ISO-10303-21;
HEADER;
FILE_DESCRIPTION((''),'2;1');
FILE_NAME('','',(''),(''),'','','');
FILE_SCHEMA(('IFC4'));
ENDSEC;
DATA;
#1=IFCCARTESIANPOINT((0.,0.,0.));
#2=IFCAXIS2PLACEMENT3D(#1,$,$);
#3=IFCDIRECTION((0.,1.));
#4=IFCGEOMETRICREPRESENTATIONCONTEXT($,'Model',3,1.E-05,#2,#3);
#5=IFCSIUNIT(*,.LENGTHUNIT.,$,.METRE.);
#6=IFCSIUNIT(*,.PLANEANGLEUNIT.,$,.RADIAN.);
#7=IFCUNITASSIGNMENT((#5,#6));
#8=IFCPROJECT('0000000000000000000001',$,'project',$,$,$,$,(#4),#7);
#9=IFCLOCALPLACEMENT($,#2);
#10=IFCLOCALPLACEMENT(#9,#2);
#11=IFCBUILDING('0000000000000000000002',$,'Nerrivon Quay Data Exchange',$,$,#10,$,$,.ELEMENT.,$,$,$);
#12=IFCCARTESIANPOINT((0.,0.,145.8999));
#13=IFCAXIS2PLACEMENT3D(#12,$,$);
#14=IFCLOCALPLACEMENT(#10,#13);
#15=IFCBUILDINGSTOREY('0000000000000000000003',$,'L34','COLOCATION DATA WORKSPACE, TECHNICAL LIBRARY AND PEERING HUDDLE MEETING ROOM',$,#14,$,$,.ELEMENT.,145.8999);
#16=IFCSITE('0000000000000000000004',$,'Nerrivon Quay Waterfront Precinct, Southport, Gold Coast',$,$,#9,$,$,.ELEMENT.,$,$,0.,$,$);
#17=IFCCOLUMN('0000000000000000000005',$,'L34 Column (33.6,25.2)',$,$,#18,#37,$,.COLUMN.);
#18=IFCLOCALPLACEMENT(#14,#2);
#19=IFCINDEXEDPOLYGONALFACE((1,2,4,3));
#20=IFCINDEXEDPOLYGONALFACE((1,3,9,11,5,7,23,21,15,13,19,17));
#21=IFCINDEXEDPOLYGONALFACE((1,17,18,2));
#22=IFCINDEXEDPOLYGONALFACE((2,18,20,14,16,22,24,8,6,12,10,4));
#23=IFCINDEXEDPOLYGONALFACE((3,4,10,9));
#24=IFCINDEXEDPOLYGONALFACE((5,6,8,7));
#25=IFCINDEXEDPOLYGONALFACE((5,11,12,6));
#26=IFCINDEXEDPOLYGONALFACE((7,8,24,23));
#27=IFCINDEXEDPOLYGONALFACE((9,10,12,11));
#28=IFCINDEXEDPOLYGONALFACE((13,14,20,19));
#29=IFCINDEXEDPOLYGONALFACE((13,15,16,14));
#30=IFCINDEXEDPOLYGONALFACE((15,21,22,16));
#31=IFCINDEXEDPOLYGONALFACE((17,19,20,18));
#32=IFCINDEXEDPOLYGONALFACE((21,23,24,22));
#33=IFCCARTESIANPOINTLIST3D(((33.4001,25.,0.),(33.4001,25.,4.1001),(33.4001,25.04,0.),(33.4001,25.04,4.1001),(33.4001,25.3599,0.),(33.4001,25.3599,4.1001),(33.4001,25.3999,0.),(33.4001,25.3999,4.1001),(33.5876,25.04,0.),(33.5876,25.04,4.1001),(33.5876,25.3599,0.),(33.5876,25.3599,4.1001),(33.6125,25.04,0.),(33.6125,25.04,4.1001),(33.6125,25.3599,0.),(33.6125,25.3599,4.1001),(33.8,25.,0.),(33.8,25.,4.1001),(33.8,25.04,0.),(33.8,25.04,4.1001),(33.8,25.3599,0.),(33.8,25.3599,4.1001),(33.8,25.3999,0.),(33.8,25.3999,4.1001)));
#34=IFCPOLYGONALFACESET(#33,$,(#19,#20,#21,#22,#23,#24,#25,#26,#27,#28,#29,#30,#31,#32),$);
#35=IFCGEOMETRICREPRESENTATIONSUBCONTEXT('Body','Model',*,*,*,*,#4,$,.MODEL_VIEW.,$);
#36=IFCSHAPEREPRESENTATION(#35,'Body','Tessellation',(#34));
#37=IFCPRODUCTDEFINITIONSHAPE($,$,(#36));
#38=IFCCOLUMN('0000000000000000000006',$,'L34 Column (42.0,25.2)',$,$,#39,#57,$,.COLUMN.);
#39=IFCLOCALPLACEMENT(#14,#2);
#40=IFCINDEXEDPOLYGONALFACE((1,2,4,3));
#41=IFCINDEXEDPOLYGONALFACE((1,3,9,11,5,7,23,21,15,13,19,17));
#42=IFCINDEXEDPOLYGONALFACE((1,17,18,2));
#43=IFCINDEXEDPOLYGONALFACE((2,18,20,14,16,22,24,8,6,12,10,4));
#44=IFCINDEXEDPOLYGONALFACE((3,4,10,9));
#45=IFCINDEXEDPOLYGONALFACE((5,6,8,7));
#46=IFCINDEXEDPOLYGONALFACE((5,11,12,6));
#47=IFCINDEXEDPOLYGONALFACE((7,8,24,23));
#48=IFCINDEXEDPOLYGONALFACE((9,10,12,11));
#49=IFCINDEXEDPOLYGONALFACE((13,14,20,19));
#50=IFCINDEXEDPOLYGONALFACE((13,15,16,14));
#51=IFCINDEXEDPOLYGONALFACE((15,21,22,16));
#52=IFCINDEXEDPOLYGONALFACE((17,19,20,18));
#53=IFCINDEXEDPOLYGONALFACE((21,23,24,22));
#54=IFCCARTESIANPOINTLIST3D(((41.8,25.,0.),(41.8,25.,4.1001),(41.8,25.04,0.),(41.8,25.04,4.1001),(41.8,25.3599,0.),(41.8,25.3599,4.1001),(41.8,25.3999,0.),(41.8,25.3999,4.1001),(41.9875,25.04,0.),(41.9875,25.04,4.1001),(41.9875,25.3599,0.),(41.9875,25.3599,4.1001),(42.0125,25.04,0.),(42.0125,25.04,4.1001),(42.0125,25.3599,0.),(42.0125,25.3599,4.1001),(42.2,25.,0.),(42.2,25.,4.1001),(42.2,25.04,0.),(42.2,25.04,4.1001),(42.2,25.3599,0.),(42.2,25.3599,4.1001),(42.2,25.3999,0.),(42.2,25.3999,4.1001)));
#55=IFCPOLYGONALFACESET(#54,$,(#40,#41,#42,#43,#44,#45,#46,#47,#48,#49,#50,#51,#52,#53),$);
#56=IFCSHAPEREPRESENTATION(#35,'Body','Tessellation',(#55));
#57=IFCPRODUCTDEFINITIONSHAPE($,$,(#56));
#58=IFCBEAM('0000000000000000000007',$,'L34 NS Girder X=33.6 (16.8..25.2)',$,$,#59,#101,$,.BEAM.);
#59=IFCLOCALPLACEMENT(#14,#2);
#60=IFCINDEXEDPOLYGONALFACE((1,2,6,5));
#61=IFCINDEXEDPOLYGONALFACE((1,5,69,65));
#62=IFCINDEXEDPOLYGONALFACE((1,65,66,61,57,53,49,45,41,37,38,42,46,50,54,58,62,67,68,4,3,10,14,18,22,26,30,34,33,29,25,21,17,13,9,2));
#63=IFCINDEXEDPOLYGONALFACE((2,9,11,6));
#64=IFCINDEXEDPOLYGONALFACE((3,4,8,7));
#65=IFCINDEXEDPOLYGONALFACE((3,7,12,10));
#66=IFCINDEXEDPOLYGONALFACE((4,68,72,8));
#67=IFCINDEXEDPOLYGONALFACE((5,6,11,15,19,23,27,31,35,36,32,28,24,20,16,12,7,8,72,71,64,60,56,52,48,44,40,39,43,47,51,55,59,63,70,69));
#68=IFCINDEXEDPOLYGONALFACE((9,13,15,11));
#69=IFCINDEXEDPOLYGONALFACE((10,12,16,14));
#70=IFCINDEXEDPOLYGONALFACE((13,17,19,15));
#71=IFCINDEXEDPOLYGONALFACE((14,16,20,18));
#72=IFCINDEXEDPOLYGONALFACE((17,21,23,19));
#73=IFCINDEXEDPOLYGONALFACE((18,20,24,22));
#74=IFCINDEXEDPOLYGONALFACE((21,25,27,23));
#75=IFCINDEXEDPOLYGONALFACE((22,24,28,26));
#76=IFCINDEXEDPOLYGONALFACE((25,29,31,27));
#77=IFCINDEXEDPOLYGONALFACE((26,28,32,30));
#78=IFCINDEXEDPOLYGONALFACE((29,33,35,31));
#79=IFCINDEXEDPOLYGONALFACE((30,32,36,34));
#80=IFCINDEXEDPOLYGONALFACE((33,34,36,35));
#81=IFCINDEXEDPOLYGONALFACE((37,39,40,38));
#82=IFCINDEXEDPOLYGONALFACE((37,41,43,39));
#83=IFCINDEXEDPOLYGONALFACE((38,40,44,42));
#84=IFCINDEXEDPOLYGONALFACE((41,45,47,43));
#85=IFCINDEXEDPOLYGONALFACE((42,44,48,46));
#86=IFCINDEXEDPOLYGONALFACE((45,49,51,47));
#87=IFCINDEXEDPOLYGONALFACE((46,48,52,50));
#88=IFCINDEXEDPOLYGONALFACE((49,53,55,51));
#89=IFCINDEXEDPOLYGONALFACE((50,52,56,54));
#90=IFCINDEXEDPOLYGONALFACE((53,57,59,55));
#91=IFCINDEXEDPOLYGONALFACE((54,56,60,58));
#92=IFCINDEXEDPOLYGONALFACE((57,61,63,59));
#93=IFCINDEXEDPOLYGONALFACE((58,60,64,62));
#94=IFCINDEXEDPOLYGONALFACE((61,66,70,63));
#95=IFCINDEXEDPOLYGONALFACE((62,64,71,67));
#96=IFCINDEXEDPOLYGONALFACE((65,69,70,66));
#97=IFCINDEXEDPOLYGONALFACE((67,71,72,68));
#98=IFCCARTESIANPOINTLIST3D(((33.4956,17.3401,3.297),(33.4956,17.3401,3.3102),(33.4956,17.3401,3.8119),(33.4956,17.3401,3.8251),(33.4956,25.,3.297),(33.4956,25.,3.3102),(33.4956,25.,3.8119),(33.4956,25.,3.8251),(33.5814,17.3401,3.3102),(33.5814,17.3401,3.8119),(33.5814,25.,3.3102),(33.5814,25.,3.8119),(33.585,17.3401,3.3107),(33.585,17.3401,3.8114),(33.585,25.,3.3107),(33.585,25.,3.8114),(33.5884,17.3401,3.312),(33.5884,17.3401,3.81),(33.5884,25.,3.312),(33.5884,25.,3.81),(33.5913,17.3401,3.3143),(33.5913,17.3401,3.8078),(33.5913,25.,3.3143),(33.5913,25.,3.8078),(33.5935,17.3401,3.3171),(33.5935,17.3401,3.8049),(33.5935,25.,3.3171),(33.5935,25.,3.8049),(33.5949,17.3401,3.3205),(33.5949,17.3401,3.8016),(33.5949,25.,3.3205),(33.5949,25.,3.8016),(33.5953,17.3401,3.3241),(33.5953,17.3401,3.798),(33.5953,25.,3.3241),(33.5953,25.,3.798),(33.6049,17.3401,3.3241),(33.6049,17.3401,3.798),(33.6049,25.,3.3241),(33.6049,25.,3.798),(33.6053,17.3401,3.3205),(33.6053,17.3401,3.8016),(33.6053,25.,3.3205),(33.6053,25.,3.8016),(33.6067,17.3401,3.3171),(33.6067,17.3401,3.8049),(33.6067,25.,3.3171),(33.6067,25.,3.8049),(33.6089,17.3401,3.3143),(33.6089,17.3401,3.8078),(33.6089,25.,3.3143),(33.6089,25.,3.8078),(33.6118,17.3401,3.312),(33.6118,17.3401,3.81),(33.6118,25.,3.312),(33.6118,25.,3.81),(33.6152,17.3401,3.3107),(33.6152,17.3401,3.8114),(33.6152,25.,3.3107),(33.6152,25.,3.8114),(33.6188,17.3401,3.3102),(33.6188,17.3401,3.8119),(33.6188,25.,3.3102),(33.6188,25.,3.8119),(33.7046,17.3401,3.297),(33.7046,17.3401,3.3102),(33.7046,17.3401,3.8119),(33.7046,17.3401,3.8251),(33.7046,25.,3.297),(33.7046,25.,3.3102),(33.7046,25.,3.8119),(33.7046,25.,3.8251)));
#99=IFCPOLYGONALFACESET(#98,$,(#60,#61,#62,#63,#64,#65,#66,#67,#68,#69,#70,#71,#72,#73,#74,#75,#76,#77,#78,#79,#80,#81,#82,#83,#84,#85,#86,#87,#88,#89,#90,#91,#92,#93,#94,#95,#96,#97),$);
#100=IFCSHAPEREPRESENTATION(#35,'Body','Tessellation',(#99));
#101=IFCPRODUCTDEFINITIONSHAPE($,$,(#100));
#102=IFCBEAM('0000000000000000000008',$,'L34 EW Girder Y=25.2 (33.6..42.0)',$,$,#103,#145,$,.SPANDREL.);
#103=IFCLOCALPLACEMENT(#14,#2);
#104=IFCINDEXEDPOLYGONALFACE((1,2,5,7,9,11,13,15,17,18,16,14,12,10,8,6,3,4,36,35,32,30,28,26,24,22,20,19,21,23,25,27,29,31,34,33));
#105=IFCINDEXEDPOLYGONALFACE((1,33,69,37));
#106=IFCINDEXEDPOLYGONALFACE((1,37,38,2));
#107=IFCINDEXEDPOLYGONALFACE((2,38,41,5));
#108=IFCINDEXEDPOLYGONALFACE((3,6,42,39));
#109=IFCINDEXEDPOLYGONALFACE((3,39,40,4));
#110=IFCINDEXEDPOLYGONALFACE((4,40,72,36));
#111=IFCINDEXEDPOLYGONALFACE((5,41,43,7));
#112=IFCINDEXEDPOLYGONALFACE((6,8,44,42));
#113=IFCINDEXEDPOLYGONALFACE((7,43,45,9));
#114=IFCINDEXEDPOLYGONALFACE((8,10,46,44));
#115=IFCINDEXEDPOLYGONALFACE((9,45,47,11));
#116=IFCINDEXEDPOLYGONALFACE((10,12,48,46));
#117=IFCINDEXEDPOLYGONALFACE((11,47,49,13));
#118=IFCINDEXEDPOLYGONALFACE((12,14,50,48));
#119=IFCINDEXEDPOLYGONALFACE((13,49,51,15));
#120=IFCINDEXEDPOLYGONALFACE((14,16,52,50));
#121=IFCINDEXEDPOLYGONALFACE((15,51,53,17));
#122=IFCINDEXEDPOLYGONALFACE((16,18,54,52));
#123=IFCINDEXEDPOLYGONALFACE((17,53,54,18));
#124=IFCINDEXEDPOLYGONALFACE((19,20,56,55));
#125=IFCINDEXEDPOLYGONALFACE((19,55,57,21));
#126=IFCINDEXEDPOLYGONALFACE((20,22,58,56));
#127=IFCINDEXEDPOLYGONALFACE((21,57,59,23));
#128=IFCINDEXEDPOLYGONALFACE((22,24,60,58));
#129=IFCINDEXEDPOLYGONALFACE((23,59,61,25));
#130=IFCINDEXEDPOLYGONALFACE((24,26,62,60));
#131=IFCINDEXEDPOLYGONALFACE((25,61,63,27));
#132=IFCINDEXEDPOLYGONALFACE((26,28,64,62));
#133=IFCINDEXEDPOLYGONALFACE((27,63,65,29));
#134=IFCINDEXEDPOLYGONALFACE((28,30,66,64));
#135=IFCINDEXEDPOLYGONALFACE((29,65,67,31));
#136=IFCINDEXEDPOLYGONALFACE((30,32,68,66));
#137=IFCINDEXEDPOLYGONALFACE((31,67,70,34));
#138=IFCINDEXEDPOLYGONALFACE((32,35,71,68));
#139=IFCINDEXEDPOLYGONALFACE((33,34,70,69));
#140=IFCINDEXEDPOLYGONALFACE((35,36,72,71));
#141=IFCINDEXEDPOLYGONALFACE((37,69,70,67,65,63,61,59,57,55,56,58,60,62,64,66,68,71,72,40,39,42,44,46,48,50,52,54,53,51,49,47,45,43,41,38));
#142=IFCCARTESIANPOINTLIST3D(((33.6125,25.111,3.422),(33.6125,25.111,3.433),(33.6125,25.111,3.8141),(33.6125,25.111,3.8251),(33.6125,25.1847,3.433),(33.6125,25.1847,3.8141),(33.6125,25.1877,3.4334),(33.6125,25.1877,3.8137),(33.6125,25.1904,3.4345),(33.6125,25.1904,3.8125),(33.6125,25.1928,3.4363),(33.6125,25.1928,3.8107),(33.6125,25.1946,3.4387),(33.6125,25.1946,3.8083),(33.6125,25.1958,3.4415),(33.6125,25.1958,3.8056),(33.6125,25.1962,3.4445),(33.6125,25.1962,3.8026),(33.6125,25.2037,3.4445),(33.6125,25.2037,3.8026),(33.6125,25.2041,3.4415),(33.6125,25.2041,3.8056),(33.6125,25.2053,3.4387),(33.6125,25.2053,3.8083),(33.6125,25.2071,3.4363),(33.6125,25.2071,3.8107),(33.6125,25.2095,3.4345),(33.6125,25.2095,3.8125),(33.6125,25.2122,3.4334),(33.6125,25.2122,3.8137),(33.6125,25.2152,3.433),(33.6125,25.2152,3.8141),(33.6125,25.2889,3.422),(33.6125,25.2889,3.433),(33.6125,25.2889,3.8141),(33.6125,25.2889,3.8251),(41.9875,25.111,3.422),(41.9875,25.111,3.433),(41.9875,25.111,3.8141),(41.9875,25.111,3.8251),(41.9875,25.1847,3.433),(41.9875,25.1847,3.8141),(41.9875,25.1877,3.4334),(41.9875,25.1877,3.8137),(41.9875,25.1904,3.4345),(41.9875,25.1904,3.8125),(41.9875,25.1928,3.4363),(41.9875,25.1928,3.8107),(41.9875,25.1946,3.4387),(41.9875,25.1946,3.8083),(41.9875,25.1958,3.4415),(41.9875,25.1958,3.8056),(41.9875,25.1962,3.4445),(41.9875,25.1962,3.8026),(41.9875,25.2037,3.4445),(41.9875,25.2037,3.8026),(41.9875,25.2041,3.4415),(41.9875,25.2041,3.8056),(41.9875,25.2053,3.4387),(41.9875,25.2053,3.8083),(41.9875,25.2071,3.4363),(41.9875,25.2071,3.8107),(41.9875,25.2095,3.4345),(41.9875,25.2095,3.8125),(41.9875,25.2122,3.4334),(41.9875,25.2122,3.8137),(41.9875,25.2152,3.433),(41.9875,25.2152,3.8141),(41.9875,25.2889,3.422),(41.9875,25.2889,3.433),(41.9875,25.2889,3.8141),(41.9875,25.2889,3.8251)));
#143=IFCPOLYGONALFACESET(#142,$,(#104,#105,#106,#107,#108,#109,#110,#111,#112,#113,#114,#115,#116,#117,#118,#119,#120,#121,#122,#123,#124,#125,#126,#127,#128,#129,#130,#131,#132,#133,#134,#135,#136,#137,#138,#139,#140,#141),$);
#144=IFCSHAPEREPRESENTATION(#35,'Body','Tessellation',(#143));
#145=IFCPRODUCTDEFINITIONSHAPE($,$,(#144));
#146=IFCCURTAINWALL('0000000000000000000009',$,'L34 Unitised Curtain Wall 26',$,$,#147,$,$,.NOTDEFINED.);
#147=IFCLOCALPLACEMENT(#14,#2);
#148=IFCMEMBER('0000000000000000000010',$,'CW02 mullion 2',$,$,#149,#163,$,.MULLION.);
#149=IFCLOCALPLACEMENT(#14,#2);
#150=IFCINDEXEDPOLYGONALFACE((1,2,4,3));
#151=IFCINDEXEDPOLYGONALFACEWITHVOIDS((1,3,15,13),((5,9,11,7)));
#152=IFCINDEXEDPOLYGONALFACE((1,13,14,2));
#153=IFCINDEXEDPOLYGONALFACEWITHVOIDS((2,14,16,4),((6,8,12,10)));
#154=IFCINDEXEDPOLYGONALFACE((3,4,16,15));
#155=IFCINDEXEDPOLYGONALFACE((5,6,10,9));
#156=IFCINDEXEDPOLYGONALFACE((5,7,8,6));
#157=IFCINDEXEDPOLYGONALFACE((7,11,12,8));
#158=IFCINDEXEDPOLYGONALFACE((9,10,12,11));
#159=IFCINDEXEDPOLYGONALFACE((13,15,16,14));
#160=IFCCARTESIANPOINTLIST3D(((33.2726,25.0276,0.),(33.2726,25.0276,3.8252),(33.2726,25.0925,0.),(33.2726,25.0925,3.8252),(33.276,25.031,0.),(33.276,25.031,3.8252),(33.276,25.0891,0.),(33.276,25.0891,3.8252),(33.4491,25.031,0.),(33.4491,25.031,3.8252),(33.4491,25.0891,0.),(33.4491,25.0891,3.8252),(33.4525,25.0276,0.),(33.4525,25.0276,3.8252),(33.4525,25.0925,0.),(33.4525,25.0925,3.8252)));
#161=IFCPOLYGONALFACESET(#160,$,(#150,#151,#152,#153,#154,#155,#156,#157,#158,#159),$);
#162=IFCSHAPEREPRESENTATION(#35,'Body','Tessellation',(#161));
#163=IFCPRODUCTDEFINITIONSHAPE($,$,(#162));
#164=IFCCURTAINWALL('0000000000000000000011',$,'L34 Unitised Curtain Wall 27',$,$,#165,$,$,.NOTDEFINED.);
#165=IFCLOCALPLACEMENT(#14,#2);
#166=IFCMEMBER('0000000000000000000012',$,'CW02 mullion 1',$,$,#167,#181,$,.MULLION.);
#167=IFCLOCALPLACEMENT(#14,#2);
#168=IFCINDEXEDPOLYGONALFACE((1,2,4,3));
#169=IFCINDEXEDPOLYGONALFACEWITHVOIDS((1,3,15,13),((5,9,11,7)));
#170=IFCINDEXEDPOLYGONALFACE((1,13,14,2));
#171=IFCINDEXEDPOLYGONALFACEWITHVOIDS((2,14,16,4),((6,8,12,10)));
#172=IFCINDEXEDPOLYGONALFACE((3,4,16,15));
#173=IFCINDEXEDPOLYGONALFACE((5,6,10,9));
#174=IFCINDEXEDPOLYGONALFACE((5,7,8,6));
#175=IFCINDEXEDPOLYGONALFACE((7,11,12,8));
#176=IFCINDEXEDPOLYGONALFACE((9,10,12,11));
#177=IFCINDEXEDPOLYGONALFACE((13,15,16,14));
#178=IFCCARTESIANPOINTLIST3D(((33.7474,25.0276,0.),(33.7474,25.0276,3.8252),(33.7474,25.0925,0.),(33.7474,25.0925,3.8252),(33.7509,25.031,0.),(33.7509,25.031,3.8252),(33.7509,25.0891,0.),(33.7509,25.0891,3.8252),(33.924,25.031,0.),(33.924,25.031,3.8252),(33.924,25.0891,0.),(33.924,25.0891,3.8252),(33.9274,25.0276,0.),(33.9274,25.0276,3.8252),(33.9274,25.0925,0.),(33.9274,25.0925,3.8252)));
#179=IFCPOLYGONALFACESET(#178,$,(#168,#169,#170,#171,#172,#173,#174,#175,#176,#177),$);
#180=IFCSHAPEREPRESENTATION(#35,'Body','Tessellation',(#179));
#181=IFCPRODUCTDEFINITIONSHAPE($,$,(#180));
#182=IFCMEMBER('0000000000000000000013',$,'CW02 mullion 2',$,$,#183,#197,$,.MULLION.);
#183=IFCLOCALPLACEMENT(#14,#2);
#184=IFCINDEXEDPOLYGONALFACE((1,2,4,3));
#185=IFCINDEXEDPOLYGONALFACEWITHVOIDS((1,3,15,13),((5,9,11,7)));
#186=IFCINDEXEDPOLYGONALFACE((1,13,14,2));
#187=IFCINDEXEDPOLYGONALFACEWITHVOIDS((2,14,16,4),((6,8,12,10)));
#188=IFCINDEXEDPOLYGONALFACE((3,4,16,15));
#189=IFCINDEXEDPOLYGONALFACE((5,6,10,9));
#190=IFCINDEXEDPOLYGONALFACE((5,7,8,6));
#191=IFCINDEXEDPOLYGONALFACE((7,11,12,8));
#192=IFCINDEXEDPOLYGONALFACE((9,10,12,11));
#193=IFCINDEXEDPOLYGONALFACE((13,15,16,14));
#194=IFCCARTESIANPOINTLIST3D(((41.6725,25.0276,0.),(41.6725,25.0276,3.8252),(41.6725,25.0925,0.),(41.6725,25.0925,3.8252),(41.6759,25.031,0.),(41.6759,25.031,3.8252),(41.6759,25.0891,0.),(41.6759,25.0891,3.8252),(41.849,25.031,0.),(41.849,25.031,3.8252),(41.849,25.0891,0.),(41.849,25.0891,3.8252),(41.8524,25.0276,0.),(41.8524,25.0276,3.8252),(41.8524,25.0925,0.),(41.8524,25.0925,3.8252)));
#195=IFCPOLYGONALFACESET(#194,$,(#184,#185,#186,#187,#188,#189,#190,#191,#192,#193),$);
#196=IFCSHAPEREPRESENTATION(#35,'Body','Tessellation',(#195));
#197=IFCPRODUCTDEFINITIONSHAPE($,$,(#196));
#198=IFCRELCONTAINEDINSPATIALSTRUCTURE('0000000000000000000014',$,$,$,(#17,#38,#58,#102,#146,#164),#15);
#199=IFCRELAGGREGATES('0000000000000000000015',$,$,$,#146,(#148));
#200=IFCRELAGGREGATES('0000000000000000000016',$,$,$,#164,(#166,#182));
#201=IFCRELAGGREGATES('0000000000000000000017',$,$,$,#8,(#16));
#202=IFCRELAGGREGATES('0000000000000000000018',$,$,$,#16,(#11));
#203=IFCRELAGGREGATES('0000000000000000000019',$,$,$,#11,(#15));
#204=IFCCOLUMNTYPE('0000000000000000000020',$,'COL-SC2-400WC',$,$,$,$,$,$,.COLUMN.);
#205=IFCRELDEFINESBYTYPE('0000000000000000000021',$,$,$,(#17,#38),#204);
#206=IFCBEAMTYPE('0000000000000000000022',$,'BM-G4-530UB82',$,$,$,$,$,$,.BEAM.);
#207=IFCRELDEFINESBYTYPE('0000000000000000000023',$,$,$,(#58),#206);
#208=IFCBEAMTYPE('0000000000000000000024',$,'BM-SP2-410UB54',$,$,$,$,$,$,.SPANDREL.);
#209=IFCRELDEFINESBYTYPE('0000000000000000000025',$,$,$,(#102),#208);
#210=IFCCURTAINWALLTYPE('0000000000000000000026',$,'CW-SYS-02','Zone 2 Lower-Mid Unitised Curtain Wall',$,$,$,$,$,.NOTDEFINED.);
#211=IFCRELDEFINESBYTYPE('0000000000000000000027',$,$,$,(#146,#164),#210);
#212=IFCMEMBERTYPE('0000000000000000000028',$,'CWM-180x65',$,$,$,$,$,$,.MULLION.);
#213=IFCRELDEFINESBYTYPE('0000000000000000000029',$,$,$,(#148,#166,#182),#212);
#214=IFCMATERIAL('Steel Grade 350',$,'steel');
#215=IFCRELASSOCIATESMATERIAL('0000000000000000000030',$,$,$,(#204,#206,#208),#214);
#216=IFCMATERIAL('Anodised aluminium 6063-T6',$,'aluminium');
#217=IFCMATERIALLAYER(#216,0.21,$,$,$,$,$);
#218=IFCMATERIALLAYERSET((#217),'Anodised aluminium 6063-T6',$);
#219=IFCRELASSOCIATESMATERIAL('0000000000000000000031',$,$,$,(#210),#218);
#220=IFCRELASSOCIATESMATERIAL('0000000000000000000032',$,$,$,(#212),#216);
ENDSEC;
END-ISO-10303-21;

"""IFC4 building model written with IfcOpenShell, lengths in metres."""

from ifc_helpers import new_model, si_unit, direction, frame, origin, origin_2d, place, context, subcontext, project, spatial, hollow_rectangle, i_section, extrude, material, layer, layer_set, material_profile, profile_set, type_object, element, aggregate, save


model = new_model("IFC4")

# Units and contexts
model_context = context("Model", 3, precision=1e-05, world=origin(), true_north=direction((0.0, 1.0)))
body_context = subcontext(model_context, "Body", "Model", "MODEL_VIEW")
ifc_project = project(units=[si_unit("LENGTHUNIT", "METRE"), si_unit("PLANEANGLEUNIT", "RADIAN")], contexts=[model_context])

# Site, building, storey
site_placement = place(None, origin())
site = spatial("IfcSite", under=ifc_project, at=site_placement, Name="Nerrivon Quay Waterfront Precinct, Southport, Gold Coast", CompositionType="ELEMENT", RefElevation=0.0)
building_placement = place(site_placement, origin())
building = spatial("IfcBuilding", under=site, at=building_placement, Name="Nerrivon Quay Data Exchange", CompositionType="ELEMENT")
storey_placement = place(building_placement, frame((0.0, 0.0, 145.8999)))
storey = spatial("IfcBuildingStorey", under=building, at=storey_placement, Name="L34", Description="COLOCATION DATA WORKSPACE, TECHNICAL LIBRARY AND PEERING HUDDLE MEETING ROOM", CompositionType="ELEMENT", Elevation=145.8999)

# Columns
ifc_material_1 = material(Name="Steel Grade 350", Category="steel")
ifc_material_profile_1 = material_profile(ifc_material_1, i_section(OverallWidth=0.3999, OverallDepth=0.3999, WebThickness=0.0249, FlangeThickness=0.04, at=origin_2d()), Name="400WC328")
ifc_profile_set_1 = profile_set([ifc_material_profile_1], Name="Steel Grade 350")
column_type = type_object("IfcColumnType", Name="COL-SC2-400WC", PredefinedType="COLUMN", material=ifc_profile_set_1)
for number, where, z_axis, x_axis, name in (
    (1, (33.6001, 25.2, 0.0), (0.0, 0.0, 1.0), (1.0, 0.0, 0.0), "L34 Column (33.6,25.2)"),
    (2, (42.0, 25.2, 0.0), (0.0, 0.0, 1.0), (1.0, 0.0, 0.0), "L34 Column (42.0,25.2)"),
):
    element("IfcColumn", number, at=place(storey_placement, frame(where, z_axis=z_axis, x_axis=x_axis)), inside=storey, type_object=column_type, Name=name, PredefinedType="COLUMN", context=body_context, shape_type="SweptSolid", body=[
        extrude(i_section(OverallWidth=0.3999, OverallDepth=0.3999, WebThickness=0.0249, FlangeThickness=0.04, at=origin_2d()), origin(), (0.0, 0.0, 1.0), 4.1001),
    ])

# Beams
ifc_material_profile_2 = material_profile(ifc_material_1, i_section(OverallWidth=0.209, OverallDepth=0.5281, WebThickness=0.0095, FlangeThickness=0.0132, FilletRadius=0.0139, at=origin_2d()), Name="530UB82.0")
ifc_profile_set_2 = profile_set([ifc_material_profile_2], Name="Steel Grade 350")
beam_type_1 = type_object("IfcBeamType", Name="BM-G4-530UB82", PredefinedType="BEAM", material=ifc_profile_set_2)
beam_1_placement = place(storey_placement, frame((33.6001, 17.3401, 3.561), z_axis=(0.0, 1.0, 0.0), x_axis=(-1.0, 0.0, 0.0)))
element("IfcBeam", 3, at=beam_1_placement, inside=storey, type_object=beam_type_1, Name="L34 NS Girder X=33.6 (16.8..25.2)", PredefinedType="BEAM", context=body_context, shape_type="SweptSolid", body=[
    extrude(i_section(OverallWidth=0.209, OverallDepth=0.5281, WebThickness=0.0095, FlangeThickness=0.0132, FilletRadius=0.0139, at=origin_2d()), origin(), (0.0, 0.0, 1.0), 7.6599),
])
ifc_material_profile_3 = material_profile(ifc_material_1, i_section(OverallWidth=0.178, OverallDepth=0.4031, WebThickness=0.0076, FlangeThickness=0.011, FilletRadius=0.0115, at=origin_2d()), Name="410UB53.7")
ifc_profile_set_3 = profile_set([ifc_material_profile_3], Name="Steel Grade 350")
beam_type_2 = type_object("IfcBeamType", Name="BM-SP2-410UB54", PredefinedType="SPANDREL", material=ifc_profile_set_3)
beam_2_placement = place(storey_placement, frame((33.6125, 25.2, 3.6235), z_axis=(1.0, 0.0, 0.0), x_axis=(0.0, 1.0, 0.0)))
element("IfcBeam", 4, at=beam_2_placement, inside=storey, type_object=beam_type_2, Name="L34 EW Girder Y=25.2 (33.6..42.0)", PredefinedType="SPANDREL", context=body_context, shape_type="SweptSolid", body=[
    extrude(i_section(OverallWidth=0.178, OverallDepth=0.4031, WebThickness=0.0076, FlangeThickness=0.011, FilletRadius=0.0115, at=origin_2d()), origin(), (0.0, 0.0, 1.0), 8.375),
])

# Curtain wall, member
ifc_material_2 = material(Name="Anodised aluminium 6063-T6", Category="aluminium")
ifc_layer_1 = layer(ifc_material_2, 0.21)
ifc_layer_set_1 = layer_set([ifc_layer_1], Name="Anodised aluminium 6063-T6")
curtain_wall_type = type_object("IfcCurtainWallType", Name="CW-SYS-02", Description="Zone 2 Lower-Mid Unitised Curtain Wall", PredefinedType="NOTDEFINED", material=ifc_layer_set_1)
curtain_wall_1_placement = place(storey_placement, origin())
curtain_wall_1 = element("IfcCurtainWall", 5, at=curtain_wall_1_placement, inside=storey, type_object=curtain_wall_type, Name="L34 Unitised Curtain Wall 26", PredefinedType="NOTDEFINED")
ifc_material_profile_4 = material_profile(ifc_material_2, hollow_rectangle(XDim=0.0649, YDim=0.1799, WallThickness=0.0034, at=origin_2d()), Name="ALU-MULL-180x65")
ifc_profile_set_4 = profile_set([ifc_material_profile_4], Name="Anodised aluminium 6063-T6")
member_type_1 = type_object("IfcMemberType", Name="CWM-180x65", PredefinedType="MULLION", material=ifc_profile_set_4)
member_1_placement = place(storey_placement, frame((33.3625, 25.0601, 0.0), z_axis=(0.0, 0.0, 1.0), x_axis=(0.0, 1.0, 0.0)))
member_1 = element("IfcMember", 6, at=member_1_placement, type_object=member_type_1, Name="CW02 mullion 2", PredefinedType="MULLION", context=body_context, shape_type="SweptSolid", body=[
    extrude(hollow_rectangle(XDim=0.0649, YDim=0.1799, WallThickness=0.0034, at=origin_2d()), origin(), (0.0, 0.0, 1.0), 3.8252),
])

# Curtain wall, members
curtain_wall_2_placement = place(storey_placement, origin())
curtain_wall_2 = element("IfcCurtainWall", 7, at=curtain_wall_2_placement, inside=storey, type_object=curtain_wall_type, Name="L34 Unitised Curtain Wall 27", PredefinedType="NOTDEFINED")
member_2_placement = place(storey_placement, frame((33.8374, 25.0601, 0.0), z_axis=(0.0, 0.0, 1.0), x_axis=(0.0, 1.0, 0.0)))
member_2 = element("IfcMember", 8, at=member_2_placement, type_object=member_type_1, Name="CW02 mullion 1", PredefinedType="MULLION", context=body_context, shape_type="SweptSolid", body=[
    extrude(hollow_rectangle(XDim=0.0649, YDim=0.1799, WallThickness=0.0034, at=origin_2d()), origin(), (0.0, 0.0, 1.0), 3.8252),
])
member_3_placement = place(storey_placement, frame((41.7625, 25.0601, 0.0), z_axis=(0.0, 0.0, 1.0), x_axis=(0.0, 1.0, 0.0)))
member_3 = element("IfcMember", 9, at=member_3_placement, type_object=member_type_1, Name="CW02 mullion 2", PredefinedType="MULLION", context=body_context, shape_type="SweptSolid", body=[
    extrude(hollow_rectangle(XDim=0.0649, YDim=0.1799, WallThickness=0.0034, at=origin_2d()), origin(), (0.0, 0.0, 1.0), 3.8252),
])

aggregate(curtain_wall_1, [member_1])
aggregate(curtain_wall_2, [member_2, member_3])

save(model, "model.ifc")
